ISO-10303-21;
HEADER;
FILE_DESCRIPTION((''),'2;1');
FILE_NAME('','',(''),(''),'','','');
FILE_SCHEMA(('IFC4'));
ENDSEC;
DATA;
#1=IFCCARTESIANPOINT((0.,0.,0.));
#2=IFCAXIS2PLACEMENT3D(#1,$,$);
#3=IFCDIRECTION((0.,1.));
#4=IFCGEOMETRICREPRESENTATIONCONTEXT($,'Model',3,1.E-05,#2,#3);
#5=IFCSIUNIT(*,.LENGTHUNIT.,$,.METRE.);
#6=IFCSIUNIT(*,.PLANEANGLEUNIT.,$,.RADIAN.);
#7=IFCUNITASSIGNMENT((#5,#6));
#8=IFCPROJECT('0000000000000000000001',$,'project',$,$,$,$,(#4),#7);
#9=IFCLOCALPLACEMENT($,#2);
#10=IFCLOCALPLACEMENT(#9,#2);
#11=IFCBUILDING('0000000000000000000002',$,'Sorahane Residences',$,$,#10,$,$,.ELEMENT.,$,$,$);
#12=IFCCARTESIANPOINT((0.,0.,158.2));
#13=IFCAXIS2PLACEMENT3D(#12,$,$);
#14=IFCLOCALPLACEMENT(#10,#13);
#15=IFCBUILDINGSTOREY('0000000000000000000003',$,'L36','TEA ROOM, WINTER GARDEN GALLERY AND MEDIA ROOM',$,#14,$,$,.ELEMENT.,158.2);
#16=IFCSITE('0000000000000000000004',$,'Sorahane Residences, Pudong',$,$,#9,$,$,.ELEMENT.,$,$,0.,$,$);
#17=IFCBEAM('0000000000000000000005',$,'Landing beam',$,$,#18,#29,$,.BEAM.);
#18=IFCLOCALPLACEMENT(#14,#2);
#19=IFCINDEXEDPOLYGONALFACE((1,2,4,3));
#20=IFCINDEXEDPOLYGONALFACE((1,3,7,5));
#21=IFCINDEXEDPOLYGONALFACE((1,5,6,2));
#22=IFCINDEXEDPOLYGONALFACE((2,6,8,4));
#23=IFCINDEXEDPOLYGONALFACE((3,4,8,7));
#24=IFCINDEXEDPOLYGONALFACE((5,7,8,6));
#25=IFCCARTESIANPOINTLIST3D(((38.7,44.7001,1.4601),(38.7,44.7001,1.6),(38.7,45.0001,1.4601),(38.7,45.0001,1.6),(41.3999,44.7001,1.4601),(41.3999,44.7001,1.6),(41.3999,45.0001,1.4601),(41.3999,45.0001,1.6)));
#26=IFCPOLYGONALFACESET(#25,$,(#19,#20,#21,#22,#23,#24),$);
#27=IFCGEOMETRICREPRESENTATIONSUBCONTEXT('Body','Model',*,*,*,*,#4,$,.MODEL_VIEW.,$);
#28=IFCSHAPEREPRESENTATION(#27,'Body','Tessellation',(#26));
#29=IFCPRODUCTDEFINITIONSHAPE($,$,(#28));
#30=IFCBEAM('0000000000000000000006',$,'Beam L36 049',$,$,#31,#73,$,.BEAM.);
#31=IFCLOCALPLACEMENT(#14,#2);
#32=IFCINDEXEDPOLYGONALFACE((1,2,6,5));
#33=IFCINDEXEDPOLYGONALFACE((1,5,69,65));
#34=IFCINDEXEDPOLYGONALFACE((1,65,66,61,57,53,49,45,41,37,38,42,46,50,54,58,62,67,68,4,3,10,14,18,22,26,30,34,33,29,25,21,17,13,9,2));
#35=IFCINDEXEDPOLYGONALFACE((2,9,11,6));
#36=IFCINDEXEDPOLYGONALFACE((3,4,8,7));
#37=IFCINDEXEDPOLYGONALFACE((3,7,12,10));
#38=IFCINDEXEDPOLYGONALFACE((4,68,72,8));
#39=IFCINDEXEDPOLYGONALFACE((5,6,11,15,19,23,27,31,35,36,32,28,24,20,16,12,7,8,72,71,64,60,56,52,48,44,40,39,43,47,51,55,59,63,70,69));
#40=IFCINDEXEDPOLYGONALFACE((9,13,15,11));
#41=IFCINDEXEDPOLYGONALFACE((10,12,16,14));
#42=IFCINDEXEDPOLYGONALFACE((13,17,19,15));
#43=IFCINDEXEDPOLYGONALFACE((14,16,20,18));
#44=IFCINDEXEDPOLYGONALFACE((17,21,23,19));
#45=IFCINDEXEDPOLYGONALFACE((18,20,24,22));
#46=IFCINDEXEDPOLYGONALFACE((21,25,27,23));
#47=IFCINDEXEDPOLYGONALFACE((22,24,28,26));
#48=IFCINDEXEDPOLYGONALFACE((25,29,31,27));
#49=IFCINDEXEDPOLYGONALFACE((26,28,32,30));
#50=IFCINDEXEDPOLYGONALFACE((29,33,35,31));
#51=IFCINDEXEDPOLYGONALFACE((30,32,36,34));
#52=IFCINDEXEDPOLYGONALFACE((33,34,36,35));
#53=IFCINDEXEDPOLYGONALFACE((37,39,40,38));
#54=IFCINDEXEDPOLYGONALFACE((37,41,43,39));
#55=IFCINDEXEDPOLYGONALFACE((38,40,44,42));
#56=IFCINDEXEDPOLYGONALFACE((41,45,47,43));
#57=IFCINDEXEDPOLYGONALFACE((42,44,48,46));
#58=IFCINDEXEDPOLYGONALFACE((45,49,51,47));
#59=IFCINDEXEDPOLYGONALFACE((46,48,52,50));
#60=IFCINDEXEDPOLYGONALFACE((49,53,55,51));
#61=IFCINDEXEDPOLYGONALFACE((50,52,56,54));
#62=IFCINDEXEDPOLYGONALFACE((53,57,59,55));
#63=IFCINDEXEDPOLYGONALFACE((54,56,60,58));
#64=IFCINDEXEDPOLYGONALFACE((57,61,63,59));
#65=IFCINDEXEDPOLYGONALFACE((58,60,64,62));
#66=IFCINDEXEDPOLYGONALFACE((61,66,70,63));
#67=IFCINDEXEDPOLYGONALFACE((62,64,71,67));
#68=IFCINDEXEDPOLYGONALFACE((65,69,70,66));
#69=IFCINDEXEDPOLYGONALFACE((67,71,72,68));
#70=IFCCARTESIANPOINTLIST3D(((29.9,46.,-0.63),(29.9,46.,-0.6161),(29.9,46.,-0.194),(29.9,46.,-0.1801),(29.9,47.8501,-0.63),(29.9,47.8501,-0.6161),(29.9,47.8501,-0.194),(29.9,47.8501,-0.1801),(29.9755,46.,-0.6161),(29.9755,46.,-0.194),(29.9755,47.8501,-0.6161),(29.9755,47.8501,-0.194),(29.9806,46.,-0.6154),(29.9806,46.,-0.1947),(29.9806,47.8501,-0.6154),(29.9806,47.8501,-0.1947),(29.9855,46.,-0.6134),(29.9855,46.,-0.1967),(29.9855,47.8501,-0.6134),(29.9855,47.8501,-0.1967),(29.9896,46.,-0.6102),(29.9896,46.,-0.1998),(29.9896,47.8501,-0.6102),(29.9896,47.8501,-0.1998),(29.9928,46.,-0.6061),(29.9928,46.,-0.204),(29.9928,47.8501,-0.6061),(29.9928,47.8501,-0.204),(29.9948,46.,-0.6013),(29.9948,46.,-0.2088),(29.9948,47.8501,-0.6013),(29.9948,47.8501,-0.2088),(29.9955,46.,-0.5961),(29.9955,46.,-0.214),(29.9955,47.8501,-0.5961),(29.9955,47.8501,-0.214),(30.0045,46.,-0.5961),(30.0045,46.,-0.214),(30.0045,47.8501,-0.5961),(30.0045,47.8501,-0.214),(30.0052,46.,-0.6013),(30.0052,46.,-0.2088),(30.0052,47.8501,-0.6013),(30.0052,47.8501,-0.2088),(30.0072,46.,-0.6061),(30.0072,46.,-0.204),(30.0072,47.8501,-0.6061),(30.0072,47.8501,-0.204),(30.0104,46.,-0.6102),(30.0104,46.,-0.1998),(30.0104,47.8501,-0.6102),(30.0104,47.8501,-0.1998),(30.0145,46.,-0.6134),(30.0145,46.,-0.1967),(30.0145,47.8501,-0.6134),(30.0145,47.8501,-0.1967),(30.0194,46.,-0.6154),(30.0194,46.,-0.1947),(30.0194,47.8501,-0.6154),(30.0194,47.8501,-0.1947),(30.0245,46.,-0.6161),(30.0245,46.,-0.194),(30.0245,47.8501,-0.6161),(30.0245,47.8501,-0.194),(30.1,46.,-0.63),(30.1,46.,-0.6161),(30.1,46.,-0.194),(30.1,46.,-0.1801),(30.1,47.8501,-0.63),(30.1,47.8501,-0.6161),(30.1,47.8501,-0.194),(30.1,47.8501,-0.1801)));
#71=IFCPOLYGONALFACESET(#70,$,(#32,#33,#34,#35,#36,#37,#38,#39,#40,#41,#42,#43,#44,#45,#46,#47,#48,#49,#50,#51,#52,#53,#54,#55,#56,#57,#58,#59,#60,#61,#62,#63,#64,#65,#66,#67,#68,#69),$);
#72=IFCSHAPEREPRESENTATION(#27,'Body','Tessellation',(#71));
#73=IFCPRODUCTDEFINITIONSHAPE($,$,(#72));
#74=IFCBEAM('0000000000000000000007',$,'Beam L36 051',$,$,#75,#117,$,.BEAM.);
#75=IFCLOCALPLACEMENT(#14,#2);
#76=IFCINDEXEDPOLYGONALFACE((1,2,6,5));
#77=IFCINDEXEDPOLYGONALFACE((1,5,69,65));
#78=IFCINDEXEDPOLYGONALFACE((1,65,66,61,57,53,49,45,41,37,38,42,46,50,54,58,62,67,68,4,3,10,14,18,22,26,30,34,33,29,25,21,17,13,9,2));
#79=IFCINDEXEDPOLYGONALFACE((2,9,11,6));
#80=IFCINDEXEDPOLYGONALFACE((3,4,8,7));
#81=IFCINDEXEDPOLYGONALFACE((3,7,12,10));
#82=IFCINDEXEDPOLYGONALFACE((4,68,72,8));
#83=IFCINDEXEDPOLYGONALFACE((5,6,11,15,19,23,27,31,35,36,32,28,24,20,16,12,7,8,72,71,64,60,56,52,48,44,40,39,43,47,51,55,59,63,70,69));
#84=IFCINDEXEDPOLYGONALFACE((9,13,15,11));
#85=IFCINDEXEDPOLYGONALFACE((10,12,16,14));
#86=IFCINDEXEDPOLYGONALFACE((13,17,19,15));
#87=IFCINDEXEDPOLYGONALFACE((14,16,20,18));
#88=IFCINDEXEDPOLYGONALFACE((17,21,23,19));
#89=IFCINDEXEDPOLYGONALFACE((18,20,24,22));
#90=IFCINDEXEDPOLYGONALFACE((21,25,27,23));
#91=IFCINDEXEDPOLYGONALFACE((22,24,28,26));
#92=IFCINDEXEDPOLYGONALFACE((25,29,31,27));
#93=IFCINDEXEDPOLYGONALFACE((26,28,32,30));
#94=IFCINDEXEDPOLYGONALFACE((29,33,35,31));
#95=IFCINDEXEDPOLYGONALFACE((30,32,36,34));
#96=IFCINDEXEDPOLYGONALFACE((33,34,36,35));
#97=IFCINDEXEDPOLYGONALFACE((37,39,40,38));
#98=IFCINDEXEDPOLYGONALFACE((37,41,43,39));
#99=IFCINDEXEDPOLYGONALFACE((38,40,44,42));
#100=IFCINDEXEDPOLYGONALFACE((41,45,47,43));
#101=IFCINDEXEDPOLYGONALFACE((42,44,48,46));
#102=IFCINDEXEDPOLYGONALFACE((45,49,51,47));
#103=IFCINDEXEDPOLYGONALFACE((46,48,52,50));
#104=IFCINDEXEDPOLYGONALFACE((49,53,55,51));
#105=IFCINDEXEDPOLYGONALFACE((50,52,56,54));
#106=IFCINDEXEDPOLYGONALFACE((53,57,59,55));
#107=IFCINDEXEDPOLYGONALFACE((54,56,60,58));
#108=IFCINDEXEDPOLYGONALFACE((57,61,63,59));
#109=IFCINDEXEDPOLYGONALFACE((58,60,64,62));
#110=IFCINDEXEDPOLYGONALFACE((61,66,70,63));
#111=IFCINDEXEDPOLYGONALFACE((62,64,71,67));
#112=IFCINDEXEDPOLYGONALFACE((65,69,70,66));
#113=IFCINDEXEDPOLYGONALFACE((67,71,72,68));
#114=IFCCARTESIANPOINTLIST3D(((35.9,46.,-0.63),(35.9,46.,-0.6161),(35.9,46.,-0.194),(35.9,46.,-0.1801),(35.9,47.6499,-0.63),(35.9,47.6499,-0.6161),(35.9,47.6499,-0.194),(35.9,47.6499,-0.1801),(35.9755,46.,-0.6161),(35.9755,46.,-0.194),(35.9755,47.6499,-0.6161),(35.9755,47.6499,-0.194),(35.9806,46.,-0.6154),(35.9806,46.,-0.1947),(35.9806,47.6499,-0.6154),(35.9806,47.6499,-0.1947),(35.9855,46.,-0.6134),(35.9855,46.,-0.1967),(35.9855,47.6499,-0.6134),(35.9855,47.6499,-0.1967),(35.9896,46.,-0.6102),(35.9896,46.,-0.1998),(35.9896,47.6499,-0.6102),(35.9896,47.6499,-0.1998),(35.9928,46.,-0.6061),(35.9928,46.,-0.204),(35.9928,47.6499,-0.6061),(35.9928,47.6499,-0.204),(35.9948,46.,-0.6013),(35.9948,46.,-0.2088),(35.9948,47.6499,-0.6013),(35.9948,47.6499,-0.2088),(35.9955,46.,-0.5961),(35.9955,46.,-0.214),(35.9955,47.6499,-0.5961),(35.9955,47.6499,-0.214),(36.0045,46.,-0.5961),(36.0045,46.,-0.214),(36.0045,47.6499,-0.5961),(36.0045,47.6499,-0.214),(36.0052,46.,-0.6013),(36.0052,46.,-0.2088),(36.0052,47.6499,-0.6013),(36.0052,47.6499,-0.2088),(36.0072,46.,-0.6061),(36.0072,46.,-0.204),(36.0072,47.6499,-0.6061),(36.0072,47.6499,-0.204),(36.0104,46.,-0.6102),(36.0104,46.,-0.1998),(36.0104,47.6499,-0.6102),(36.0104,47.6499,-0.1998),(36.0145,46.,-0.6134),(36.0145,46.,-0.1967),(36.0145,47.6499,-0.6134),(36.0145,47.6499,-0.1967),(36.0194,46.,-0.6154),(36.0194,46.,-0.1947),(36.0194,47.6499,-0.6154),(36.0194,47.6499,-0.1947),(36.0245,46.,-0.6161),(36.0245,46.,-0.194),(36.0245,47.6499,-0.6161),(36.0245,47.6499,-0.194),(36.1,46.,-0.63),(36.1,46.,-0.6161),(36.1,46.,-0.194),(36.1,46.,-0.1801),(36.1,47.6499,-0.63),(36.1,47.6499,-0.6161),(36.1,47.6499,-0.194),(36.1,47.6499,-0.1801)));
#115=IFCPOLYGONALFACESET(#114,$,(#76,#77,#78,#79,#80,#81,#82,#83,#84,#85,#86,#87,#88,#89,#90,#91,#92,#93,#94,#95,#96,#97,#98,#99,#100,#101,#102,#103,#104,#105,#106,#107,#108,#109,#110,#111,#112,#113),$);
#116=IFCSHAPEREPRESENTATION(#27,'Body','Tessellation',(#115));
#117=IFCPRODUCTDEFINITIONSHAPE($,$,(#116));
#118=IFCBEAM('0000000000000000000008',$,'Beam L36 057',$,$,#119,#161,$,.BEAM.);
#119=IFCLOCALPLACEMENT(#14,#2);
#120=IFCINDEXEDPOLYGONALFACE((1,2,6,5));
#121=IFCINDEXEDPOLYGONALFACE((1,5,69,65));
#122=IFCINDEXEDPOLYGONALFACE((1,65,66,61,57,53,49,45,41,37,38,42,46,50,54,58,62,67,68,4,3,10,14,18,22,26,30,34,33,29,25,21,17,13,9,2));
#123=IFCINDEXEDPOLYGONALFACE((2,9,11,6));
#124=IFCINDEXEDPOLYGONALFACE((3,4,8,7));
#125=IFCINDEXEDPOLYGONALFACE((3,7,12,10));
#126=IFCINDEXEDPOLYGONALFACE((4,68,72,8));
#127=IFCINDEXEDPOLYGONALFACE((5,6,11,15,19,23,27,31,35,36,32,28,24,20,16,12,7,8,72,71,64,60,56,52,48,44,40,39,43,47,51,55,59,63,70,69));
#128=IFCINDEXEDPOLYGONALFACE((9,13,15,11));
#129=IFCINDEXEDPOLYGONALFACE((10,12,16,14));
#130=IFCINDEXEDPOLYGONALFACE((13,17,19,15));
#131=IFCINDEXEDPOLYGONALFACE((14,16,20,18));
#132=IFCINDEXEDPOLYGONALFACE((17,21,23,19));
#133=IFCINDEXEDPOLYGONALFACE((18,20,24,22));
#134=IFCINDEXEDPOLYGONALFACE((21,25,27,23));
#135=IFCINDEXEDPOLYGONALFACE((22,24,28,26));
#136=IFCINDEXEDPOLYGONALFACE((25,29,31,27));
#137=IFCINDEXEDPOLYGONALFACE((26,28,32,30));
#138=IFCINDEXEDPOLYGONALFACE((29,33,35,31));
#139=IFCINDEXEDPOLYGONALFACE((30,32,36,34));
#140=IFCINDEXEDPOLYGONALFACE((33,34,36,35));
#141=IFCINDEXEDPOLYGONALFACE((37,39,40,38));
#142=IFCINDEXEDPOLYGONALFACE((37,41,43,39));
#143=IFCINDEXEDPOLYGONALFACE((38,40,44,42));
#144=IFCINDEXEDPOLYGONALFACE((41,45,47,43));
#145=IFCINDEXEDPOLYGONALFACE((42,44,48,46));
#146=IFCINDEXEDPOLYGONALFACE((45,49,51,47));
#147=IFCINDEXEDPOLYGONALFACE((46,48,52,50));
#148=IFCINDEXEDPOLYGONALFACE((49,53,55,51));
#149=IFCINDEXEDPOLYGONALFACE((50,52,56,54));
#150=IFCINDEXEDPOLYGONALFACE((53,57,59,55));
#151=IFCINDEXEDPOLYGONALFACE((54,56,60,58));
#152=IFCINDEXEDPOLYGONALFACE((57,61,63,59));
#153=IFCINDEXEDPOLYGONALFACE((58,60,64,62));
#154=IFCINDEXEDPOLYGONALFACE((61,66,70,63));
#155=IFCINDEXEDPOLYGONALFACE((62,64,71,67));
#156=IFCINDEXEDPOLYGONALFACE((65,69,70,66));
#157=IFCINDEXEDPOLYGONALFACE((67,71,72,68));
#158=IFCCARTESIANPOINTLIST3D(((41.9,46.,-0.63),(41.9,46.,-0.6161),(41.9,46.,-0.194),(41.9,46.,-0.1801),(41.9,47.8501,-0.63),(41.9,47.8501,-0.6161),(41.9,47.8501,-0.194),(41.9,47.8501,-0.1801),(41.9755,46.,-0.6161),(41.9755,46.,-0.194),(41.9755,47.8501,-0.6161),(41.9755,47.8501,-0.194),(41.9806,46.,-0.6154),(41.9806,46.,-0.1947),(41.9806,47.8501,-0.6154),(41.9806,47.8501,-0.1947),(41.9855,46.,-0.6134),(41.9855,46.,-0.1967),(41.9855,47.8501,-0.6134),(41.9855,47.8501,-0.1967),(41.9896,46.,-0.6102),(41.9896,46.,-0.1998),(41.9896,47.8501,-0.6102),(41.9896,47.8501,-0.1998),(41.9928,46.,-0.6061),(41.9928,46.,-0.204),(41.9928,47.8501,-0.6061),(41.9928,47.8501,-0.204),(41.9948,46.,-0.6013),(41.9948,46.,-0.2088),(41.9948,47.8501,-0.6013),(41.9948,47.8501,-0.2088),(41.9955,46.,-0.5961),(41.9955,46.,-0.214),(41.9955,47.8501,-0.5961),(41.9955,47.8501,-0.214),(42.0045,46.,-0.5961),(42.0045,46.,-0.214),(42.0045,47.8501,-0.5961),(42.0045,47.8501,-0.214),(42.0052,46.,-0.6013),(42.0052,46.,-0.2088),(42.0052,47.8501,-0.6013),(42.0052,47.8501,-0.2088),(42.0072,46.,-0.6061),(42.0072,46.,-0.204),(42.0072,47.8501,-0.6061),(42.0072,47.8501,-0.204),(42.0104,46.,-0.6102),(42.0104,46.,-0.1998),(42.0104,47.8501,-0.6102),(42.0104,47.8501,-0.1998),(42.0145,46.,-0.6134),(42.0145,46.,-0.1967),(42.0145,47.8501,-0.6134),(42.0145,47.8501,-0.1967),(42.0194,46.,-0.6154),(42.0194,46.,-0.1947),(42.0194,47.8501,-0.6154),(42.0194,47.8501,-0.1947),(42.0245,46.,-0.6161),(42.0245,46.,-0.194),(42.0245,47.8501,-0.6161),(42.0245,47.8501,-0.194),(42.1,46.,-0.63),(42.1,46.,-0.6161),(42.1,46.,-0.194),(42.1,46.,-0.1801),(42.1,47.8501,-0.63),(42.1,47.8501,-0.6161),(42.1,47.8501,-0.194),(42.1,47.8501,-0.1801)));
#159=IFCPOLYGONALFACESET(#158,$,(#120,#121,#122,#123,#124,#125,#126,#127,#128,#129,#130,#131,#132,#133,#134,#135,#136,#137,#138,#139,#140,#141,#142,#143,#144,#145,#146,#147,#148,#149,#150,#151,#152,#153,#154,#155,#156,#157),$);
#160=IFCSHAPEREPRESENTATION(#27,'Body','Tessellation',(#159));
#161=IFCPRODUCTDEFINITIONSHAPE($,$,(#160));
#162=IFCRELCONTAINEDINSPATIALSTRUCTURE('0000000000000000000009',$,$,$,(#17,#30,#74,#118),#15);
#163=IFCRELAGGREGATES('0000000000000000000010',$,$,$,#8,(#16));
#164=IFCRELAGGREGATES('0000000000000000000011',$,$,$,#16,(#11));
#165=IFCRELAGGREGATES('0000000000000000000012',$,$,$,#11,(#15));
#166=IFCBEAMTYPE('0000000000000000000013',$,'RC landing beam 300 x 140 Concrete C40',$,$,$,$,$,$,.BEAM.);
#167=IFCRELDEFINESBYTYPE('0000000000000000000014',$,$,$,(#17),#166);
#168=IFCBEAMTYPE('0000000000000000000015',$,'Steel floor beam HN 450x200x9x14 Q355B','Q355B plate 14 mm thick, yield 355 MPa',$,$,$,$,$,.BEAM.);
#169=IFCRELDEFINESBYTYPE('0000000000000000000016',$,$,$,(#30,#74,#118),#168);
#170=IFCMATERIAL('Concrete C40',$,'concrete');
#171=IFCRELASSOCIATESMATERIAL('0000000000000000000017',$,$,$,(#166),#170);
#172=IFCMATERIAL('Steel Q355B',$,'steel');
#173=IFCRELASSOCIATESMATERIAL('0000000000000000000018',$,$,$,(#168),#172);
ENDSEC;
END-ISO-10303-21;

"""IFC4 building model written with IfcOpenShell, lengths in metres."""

from ifc_helpers import new_model, si_unit, direction, frame, origin, origin_2d, place, context, subcontext, project, spatial, rectangle, i_section, extrude, material, material_profile, profile_set, type_object, element, save


model = new_model("IFC4")

# Units and contexts
model_context = context("Model", 3, precision=1e-05, world=origin(), true_north=direction((0.0, 1.0)))
body_context = subcontext(model_context, "Body", "Model", "MODEL_VIEW")
ifc_project = project(units=[si_unit("LENGTHUNIT", "METRE"), si_unit("PLANEANGLEUNIT", "RADIAN")], contexts=[model_context])

# Site, building, storey
site_placement = place(None, origin())
site = spatial("IfcSite", under=ifc_project, at=site_placement, Name="Sorahane Residences, Pudong", CompositionType="ELEMENT", RefElevation=0.0)
building_placement = place(site_placement, origin())
building = spatial("IfcBuilding", under=site, at=building_placement, Name="Sorahane Residences", CompositionType="ELEMENT")
storey_placement = place(building_placement, frame((0.0, 0.0, 158.2)))
storey = spatial("IfcBuildingStorey", under=building, at=storey_placement, Name="L36", Description="TEA ROOM, WINTER GARDEN GALLERY AND MEDIA ROOM", CompositionType="ELEMENT", Elevation=158.2)

# Beams
ifc_material_1 = material(Name="Concrete C40", Category="concrete")
ifc_material_profile_1 = material_profile(ifc_material_1, rectangle(XDim=0.3, YDim=0.1399, at=origin_2d()), Name="300x140")
ifc_profile_set_1 = profile_set([ifc_material_profile_1], Name="Concrete C40")
beam_type_1 = type_object("IfcBeamType", Name="RC landing beam 300 x 140 Concrete C40", PredefinedType="BEAM", material=ifc_profile_set_1)
for number, where, z_axis, x_axis, name in (
    (1, (38.7, 44.8501, 1.53), (1.0, 0.0, 0.0), (0.0, 1.0, 0.0), "Landing beam"),
):
    element("IfcBeam", number, at=place(storey_placement, frame(where, z_axis=z_axis, x_axis=x_axis)), inside=storey, type_object=beam_type_1, Name=name, PredefinedType="BEAM", context=body_context, shape_type="SweptSolid", body=[
        extrude(rectangle(XDim=0.3, YDim=0.1399, at=origin_2d()), origin(), (0.0, 0.0, 1.0), 2.7),
    ])
ifc_material_2 = material(Name="Steel Q355B", Category="steel")
ifc_material_profile_2 = material_profile(ifc_material_2, i_section(OverallWidth=0.2, OverallDepth=0.45, WebThickness=0.009, FlangeThickness=0.0139, FilletRadius=0.02, at=origin_2d()), Name="HN 450x200x9x14")
ifc_profile_set_2 = profile_set([ifc_material_profile_2], Name="Steel Q355B")
beam_type_2 = type_object("IfcBeamType", Name="Steel floor beam HN 450x200x9x14 Q355B", Description="Q355B plate 14 mm thick, yield 355 MPa", PredefinedType="BEAM", material=ifc_profile_set_2)
beam_1_placement = place(storey_placement, frame((30.0, 46.0, -0.405), z_axis=(0.0, 1.0, 0.0), x_axis=(-1.0, 0.0, 0.0)))
element("IfcBeam", 2, at=beam_1_placement, inside=storey, type_object=beam_type_2, Name="Beam L36 049", PredefinedType="BEAM", context=body_context, shape_type="SweptSolid", body=[
    extrude(i_section(OverallWidth=0.2, OverallDepth=0.45, WebThickness=0.009, FlangeThickness=0.0139, FilletRadius=0.02, at=origin_2d()), origin(), (0.0, 0.0, 1.0), 1.8501),
])
beam_2_placement = place(storey_placement, frame((36.0, 46.0, -0.405), z_axis=(0.0, 1.0, 0.0), x_axis=(-1.0, 0.0, 0.0)))
element("IfcBeam", 3, at=beam_2_placement, inside=storey, type_object=beam_type_2, Name="Beam L36 051", PredefinedType="BEAM", context=body_context, shape_type="SweptSolid", body=[
    extrude(i_section(OverallWidth=0.2, OverallDepth=0.45, WebThickness=0.009, FlangeThickness=0.0139, FilletRadius=0.02, at=origin_2d()), origin(), (0.0, 0.0, 1.0), 1.6499),
])
beam_3_placement = place(storey_placement, frame((42.0, 46.0, -0.405), z_axis=(0.0, 1.0, 0.0), x_axis=(-1.0, 0.0, 0.0)))
element("IfcBeam", 4, at=beam_3_placement, inside=storey, type_object=beam_type_2, Name="Beam L36 057", PredefinedType="BEAM", context=body_context, shape_type="SweptSolid", body=[
    extrude(i_section(OverallWidth=0.2, OverallDepth=0.45, WebThickness=0.009, FlangeThickness=0.0139, FilletRadius=0.02, at=origin_2d()), origin(), (0.0, 0.0, 1.0), 1.8501),
])

save(model, "model.ifc")
